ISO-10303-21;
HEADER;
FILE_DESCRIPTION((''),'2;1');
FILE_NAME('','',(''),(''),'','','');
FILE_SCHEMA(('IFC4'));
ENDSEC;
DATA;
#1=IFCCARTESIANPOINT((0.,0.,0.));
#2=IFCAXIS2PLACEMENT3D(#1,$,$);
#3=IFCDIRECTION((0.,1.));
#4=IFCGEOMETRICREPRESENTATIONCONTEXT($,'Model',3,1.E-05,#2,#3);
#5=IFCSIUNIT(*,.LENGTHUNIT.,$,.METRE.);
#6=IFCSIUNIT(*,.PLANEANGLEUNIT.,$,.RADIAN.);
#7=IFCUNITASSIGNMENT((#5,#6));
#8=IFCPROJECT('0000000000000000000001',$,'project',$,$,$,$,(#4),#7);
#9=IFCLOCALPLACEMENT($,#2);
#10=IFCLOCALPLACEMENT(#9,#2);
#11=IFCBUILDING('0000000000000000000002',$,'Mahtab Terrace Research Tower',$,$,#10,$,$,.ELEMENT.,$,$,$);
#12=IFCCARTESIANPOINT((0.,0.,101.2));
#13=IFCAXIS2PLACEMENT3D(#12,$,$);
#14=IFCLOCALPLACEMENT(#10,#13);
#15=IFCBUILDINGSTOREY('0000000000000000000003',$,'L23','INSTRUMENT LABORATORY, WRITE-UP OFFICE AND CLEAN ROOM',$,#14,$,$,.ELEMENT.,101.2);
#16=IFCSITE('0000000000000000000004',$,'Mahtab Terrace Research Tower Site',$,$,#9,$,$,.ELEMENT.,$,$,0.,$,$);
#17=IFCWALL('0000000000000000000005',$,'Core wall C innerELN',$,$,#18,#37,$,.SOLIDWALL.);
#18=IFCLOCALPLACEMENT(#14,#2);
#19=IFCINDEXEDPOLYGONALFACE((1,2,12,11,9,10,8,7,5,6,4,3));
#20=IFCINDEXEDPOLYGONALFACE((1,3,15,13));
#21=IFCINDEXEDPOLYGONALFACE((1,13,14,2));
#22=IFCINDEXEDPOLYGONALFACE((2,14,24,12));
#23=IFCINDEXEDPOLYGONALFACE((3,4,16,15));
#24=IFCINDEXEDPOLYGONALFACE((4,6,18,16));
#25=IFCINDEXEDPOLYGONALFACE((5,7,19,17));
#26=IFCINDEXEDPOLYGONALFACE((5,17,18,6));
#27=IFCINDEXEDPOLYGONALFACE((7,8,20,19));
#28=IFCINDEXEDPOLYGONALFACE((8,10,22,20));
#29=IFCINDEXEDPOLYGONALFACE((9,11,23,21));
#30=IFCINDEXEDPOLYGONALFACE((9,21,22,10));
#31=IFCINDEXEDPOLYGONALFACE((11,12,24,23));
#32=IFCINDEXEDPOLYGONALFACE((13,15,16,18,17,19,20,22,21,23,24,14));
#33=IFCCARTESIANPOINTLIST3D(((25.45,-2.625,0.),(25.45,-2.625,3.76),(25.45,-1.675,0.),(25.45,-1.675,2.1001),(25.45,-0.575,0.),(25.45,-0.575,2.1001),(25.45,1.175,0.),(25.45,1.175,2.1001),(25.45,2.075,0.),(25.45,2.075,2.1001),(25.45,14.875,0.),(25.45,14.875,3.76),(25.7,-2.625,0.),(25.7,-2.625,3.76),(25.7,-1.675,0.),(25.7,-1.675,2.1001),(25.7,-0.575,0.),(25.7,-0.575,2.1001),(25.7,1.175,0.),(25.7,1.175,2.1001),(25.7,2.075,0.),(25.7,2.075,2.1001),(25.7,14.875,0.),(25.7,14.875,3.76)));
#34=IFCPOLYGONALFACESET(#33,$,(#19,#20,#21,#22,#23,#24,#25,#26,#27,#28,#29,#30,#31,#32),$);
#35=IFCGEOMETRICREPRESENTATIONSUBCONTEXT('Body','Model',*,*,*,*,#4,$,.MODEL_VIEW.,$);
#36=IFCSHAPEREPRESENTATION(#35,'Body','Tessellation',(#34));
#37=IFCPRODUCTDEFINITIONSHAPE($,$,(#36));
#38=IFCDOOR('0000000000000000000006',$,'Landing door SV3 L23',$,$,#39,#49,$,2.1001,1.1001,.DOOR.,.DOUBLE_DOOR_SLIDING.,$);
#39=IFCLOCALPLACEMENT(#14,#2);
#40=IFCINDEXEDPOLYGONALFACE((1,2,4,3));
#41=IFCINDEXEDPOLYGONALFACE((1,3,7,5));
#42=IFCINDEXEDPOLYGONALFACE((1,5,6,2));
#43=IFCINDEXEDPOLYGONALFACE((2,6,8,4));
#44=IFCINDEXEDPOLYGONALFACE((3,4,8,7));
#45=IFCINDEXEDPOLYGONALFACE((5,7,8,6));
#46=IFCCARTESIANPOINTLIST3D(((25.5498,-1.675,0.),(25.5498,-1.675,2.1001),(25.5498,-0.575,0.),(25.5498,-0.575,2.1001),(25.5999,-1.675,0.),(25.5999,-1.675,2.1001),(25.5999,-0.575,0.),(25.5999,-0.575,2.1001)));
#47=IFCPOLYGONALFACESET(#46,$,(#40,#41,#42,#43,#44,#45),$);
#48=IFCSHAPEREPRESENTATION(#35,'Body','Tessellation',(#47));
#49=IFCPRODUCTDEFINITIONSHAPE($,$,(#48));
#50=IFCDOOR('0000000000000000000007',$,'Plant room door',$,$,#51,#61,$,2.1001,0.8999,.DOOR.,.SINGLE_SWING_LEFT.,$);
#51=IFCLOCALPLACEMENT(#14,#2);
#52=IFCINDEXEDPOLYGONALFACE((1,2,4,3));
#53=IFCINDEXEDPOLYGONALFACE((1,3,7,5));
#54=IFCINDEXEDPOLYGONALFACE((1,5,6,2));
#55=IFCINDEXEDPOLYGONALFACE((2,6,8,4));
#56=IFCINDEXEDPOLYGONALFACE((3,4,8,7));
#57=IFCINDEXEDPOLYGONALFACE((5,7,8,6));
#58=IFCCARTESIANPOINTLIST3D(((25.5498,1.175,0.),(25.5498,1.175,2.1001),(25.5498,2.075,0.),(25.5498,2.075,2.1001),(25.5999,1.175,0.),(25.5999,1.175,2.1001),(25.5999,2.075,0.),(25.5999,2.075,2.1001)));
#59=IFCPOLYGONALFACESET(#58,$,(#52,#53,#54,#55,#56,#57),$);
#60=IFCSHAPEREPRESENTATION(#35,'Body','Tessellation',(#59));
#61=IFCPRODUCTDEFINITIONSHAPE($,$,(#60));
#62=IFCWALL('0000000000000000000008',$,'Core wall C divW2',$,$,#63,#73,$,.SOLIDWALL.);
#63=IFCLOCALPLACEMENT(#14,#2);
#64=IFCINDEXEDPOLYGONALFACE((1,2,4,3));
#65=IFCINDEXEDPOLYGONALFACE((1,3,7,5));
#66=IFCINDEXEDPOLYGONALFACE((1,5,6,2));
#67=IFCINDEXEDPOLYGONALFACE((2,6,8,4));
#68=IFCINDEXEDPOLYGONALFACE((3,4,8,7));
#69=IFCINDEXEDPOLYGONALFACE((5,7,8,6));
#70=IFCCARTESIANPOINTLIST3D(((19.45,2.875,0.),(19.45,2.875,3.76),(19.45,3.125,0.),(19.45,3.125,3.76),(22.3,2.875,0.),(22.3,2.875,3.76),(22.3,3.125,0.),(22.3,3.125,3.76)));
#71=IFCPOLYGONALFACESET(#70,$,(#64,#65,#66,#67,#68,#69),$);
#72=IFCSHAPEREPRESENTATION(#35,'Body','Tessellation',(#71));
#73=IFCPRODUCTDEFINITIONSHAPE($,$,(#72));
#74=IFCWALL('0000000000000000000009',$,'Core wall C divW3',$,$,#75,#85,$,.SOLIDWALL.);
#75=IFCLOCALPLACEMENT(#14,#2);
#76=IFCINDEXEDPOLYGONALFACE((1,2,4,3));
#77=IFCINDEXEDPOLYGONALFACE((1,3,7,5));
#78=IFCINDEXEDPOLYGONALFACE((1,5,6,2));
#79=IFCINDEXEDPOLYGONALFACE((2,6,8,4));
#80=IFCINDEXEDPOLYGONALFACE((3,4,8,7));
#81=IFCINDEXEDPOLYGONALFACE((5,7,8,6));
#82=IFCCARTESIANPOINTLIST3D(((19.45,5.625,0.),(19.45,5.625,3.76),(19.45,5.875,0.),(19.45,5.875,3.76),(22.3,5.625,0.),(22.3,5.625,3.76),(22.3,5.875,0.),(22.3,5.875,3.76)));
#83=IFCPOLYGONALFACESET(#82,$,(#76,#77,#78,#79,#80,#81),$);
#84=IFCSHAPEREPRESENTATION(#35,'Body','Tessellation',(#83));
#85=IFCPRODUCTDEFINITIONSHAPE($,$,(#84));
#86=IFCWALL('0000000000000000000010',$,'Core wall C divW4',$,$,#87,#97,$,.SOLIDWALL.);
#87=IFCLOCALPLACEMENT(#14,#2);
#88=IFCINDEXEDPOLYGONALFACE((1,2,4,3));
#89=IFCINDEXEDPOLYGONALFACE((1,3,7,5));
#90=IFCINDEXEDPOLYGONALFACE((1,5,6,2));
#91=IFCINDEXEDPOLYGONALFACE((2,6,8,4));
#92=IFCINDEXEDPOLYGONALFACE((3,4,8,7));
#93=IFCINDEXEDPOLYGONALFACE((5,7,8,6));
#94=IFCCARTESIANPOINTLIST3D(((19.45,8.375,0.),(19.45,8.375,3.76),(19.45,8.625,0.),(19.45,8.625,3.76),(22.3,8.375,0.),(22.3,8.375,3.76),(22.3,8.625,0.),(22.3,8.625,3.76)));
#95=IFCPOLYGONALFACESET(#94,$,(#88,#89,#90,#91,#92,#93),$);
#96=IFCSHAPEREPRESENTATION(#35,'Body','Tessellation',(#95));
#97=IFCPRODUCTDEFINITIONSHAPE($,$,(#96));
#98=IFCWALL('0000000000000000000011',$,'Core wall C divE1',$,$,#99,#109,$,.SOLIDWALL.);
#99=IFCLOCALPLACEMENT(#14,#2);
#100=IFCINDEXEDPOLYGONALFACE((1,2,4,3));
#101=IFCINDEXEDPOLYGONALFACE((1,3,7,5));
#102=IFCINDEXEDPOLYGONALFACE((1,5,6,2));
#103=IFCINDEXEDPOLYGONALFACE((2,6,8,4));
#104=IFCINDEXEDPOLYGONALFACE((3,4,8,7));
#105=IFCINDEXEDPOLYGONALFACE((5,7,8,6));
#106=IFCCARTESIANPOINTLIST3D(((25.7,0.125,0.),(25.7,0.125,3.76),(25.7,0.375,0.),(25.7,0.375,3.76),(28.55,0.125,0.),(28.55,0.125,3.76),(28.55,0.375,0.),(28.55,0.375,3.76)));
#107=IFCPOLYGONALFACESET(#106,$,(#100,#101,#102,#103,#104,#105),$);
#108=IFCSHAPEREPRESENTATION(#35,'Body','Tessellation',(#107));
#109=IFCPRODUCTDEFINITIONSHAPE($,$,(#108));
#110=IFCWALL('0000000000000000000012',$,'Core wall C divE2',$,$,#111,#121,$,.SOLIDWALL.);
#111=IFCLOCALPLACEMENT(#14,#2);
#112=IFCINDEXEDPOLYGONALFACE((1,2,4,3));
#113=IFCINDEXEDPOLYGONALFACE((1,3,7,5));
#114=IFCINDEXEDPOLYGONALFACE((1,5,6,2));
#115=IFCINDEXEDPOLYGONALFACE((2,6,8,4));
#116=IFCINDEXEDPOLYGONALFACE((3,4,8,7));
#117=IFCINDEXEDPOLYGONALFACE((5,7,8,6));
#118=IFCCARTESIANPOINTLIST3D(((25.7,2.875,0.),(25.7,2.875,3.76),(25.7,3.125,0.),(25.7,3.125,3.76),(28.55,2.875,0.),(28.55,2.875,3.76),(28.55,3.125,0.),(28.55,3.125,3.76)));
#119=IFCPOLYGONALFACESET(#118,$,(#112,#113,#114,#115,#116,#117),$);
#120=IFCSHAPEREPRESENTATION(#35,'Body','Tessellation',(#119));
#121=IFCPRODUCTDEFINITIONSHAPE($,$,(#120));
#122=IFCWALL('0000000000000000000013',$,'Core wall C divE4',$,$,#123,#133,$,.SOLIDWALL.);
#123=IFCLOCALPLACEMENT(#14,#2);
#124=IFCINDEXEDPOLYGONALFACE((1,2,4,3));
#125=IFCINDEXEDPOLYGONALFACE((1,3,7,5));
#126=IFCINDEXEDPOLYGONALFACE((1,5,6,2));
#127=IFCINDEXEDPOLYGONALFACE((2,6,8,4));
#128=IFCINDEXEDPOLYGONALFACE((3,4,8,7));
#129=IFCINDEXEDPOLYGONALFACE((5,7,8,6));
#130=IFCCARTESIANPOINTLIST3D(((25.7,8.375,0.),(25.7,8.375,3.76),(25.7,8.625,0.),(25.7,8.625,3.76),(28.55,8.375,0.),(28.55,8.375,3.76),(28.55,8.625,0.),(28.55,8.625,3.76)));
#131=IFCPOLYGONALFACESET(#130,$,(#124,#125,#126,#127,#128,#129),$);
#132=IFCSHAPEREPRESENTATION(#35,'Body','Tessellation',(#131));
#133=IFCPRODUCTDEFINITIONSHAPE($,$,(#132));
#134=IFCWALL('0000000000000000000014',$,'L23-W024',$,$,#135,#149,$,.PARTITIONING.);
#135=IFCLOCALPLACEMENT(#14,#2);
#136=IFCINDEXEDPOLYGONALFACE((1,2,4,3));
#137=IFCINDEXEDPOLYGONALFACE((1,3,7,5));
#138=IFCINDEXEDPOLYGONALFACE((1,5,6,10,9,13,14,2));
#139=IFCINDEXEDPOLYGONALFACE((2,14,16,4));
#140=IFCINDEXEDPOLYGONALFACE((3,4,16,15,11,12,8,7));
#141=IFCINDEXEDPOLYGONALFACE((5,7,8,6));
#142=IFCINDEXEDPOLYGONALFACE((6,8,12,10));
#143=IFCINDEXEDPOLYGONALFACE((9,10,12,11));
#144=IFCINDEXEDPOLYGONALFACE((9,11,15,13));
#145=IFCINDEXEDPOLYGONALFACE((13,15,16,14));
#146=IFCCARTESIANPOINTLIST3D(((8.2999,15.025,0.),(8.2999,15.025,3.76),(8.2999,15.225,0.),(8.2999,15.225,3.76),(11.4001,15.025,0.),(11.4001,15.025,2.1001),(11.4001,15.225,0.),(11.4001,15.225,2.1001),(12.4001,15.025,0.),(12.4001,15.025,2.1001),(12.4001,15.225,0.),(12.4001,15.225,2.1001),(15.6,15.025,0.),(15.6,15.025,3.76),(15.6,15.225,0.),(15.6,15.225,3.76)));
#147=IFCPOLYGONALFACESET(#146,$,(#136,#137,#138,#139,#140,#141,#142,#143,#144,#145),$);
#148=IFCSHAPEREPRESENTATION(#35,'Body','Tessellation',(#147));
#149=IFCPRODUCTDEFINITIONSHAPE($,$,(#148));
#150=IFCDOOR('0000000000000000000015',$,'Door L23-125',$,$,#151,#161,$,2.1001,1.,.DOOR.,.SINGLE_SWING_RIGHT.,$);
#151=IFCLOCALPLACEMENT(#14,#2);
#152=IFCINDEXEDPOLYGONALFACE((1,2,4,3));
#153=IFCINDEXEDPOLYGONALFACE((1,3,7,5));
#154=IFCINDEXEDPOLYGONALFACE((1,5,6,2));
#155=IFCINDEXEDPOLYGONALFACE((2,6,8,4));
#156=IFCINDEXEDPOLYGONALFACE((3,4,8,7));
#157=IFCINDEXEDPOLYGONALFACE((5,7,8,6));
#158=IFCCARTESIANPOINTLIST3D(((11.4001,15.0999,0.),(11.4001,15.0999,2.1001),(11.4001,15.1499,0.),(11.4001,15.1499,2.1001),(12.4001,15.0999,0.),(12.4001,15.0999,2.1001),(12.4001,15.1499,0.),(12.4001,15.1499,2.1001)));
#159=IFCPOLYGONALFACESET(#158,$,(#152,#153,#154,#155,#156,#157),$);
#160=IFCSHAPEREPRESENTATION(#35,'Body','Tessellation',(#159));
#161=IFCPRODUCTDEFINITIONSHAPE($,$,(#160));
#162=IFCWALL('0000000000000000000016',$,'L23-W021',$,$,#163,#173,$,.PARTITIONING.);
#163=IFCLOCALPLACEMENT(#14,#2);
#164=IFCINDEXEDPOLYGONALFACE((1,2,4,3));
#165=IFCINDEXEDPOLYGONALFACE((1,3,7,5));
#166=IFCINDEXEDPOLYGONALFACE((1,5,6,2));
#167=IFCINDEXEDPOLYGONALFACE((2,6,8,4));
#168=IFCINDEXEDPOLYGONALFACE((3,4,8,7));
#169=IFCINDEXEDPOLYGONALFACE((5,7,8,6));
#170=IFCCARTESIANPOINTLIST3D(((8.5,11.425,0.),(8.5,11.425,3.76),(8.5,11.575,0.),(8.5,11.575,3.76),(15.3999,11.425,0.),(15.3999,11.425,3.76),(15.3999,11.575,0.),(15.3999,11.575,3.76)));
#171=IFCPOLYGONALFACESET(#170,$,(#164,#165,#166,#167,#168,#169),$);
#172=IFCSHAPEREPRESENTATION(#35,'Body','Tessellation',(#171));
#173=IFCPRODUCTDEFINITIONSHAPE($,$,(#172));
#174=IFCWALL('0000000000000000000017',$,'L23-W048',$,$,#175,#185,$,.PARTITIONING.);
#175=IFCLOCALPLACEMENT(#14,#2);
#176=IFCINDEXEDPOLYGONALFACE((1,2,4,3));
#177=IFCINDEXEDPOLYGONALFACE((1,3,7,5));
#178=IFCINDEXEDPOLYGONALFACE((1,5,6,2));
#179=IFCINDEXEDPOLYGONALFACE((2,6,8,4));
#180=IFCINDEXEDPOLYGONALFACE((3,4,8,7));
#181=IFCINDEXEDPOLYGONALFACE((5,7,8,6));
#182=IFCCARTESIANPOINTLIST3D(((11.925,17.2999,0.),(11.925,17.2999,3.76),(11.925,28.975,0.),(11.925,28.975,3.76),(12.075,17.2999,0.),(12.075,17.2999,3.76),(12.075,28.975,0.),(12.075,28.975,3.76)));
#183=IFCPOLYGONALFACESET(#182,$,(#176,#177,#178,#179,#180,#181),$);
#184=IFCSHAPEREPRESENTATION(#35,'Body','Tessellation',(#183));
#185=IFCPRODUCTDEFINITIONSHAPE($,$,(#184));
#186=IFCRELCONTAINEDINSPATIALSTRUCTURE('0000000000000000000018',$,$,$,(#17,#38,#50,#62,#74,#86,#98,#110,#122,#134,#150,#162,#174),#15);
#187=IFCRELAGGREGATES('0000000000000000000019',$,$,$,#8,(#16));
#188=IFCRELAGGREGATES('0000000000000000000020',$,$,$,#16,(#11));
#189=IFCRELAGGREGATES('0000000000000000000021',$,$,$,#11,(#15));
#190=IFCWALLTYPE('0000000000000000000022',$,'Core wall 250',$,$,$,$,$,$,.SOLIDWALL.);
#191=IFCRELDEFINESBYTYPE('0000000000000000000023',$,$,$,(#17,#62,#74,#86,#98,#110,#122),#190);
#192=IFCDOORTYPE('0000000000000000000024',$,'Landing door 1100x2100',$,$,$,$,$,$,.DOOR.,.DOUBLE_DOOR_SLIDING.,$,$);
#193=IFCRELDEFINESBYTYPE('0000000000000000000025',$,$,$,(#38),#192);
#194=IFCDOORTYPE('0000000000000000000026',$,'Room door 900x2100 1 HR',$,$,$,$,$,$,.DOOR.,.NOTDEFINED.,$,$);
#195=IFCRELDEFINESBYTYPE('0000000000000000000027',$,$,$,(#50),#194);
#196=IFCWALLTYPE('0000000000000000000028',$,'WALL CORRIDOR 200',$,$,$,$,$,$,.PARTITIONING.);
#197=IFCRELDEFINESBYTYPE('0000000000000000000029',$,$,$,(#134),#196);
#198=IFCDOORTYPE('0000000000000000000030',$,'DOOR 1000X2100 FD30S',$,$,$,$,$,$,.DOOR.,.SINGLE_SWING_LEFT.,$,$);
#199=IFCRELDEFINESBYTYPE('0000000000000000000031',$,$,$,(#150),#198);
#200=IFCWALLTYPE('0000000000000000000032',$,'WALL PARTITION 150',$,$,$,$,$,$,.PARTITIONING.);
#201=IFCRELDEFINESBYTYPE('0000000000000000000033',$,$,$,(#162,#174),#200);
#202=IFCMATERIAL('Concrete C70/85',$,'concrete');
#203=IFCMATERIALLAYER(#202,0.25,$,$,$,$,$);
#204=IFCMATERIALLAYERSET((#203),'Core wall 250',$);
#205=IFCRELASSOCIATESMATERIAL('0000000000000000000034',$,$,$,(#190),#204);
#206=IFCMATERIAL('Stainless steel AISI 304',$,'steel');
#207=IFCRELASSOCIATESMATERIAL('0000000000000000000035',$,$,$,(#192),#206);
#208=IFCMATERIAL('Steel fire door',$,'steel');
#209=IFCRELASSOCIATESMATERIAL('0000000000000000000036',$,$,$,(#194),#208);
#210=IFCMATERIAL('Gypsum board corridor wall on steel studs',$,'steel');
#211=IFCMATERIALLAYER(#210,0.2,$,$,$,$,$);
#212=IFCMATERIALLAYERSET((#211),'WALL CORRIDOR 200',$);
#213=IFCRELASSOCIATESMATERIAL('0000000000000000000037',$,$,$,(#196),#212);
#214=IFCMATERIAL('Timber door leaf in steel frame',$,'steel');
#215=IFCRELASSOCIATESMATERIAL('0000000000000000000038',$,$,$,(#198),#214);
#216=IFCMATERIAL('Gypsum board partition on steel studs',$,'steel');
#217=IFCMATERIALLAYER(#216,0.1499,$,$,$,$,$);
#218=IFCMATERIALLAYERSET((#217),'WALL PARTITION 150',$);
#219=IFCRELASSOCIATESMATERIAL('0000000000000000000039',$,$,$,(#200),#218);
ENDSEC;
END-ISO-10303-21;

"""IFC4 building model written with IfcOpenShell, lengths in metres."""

from ifc_helpers import new_model, si_unit, direction, frame, frame_2d, origin, place, context, subcontext, project, spatial, rectangle, extrude, material, layer, layer_set, type_object, element, fill, save


model = new_model("IFC4")

# Units and contexts
model_context = context("Model", 3, precision=1e-05, world=origin(), true_north=direction((0.0, 1.0)))
body_context = subcontext(model_context, "Body", "Model", "MODEL_VIEW")
ifc_project = project(units=[si_unit("LENGTHUNIT", "METRE"), si_unit("PLANEANGLEUNIT", "RADIAN")], contexts=[model_context])

# Site, building, storey
site_placement = place(None, origin())
site = spatial("IfcSite", under=ifc_project, at=site_placement, Name="Mahtab Terrace Research Tower Site", CompositionType="ELEMENT", RefElevation=0.0)
building_placement = place(site_placement, origin())
building = spatial("IfcBuilding", under=site, at=building_placement, Name="Mahtab Terrace Research Tower", CompositionType="ELEMENT")
storey_placement = place(building_placement, frame((0.0, 0.0, 101.2)))
storey = spatial("IfcBuildingStorey", under=building, at=storey_placement, Name="L23", Description="INSTRUMENT LABORATORY, WRITE-UP OFFICE AND CLEAN ROOM", CompositionType="ELEMENT", Elevation=101.2)

# Shared definitions
ifc_material_1 = material(Name="Concrete C70/85", Category="concrete")

# Shared definitions
ifc_layer_1 = layer(ifc_material_1, 0.25)
ifc_layer_set_1 = layer_set([ifc_layer_1], Name="Core wall 250")
wall_type_1 = type_object("IfcWallType", Name="Core wall 250", PredefinedType="SOLIDWALL", material=ifc_layer_set_1)

# Shared definitions
ifc_material_2 = material(Name="Steel fire door", Category="steel")

# Wall, openings, doors
wall_1_placement = place(storey_placement, frame((25.575, 14.875, 0.0), z_axis=(0.0, 0.0, 1.0), x_axis=(0.0, -1.0, 0.0)))
wall_1 = element("IfcWall", 1, at=wall_1_placement, inside=storey, type_object=wall_type_1, Name="Core wall C innerELN", PredefinedType="SOLIDWALL", context=body_context, shape_type="SweptSolid", body=[
    extrude(rectangle(XDim=17.5, YDim=0.25, at=frame_2d((8.75, 0.0))), origin(), (0.0, 0.0, 1.0), 3.76),
])
opening_1_placement = place(wall_1_placement, frame((15.45, 0.0, 0.0)))
opening_1 = element("IfcOpeningElement", 2, at=opening_1_placement, cuts=wall_1, PredefinedType="OPENING", context=body_context, shape_type="SweptSolid", body=[
    extrude(rectangle(XDim=1.1001, YDim=2.1001, at=frame_2d((0.55, 1.05))), frame((0.0, 0.135, 0.0), z_axis=(0.0, -1.0, 0.0), x_axis=(1.0, 0.0, 0.0)), (0.0, 0.0, 1.0), 0.27),
])
opening_2_placement = place(wall_1_placement, frame((12.8, 0.0, 0.0)))
opening_2 = element("IfcOpeningElement", 3, at=opening_2_placement, cuts=wall_1, PredefinedType="OPENING", context=body_context, shape_type="SweptSolid", body=[
    extrude(rectangle(XDim=0.8999, YDim=2.1001, at=frame_2d((0.45, 1.05))), frame((0.0, 0.135, 0.0), z_axis=(0.0, -1.0, 0.0), x_axis=(1.0, 0.0, 0.0)), (0.0, 0.0, 1.0), 0.27),
])
ifc_material_3 = material(Name="Stainless steel AISI 304", Category="steel")
door_type_1 = type_object("IfcDoorType", Name="Landing door 1100x2100", OperationType="DOUBLE_DOOR_SLIDING", PredefinedType="DOOR", material=ifc_material_3)
door_1_placement = place(opening_1_placement, origin())
door_1 = element("IfcDoor", 4, at=door_1_placement, inside=storey, type_object=door_type_1, Name="Landing door SV3 L23", OperationType="DOUBLE_DOOR_SLIDING", OverallHeight=2.1001, OverallWidth=1.1001, PredefinedType="DOOR", context=body_context, shape_type="SweptSolid", body=[
    extrude(rectangle(XDim=1.1001, YDim=2.1001, at=frame_2d((0.55, 1.05))), frame((0.0, 0.0249, 0.0), z_axis=(0.0, -1.0, 0.0), x_axis=(1.0, 0.0, 0.0)), (0.0, 0.0, 1.0), 0.05),
])
fill(opening_1, door_1)
door_type_2 = type_object("IfcDoorType", Name="Room door 900x2100 1 HR", OperationType="NOTDEFINED", PredefinedType="DOOR", material=ifc_material_2)
door_2_placement = place(opening_2_placement, origin())
door_2 = element("IfcDoor", 5, at=door_2_placement, inside=storey, type_object=door_type_2, Name="Plant room door", OperationType="SINGLE_SWING_LEFT", OverallHeight=2.1001, OverallWidth=0.8999, PredefinedType="DOOR", context=body_context, shape_type="SweptSolid", body=[
    extrude(rectangle(XDim=0.8999, YDim=2.1001, at=frame_2d((0.45, 1.05))), frame((0.0, 0.0249, 0.0), z_axis=(0.0, -1.0, 0.0), x_axis=(1.0, 0.0, 0.0)), (0.0, 0.0, 1.0), 0.05),
])
fill(opening_2, door_2)

# Walls
for number, where, z_axis, x_axis, name in (
    (6, (19.45, 3.0, 0.0), (0.0, 0.0, 1.0), (1.0, 0.0, 0.0), "Core wall C divW2"),
    (7, (19.45, 5.75, 0.0), (0.0, 0.0, 1.0), (1.0, 0.0, 0.0), "Core wall C divW3"),
    (8, (19.45, 8.5, 0.0), (0.0, 0.0, 1.0), (1.0, 0.0, 0.0), "Core wall C divW4"),
    (9, (25.7, 0.25, 0.0), (0.0, 0.0, 1.0), (1.0, 0.0, 0.0), "Core wall C divE1"),
    (10, (25.7, 3.0, 0.0), (0.0, 0.0, 1.0), (1.0, 0.0, 0.0), "Core wall C divE2"),
    (11, (25.7, 8.5, 0.0), (0.0, 0.0, 1.0), (1.0, 0.0, 0.0), "Core wall C divE4"),
):
    element("IfcWall", number, at=place(storey_placement, frame(where, z_axis=z_axis, x_axis=x_axis)), inside=storey, type_object=wall_type_1, Name=name, PredefinedType="SOLIDWALL", context=body_context, shape_type="SweptSolid", body=[
        extrude(rectangle(XDim=2.8501, YDim=0.25, at=frame_2d((1.425, 0.0))), origin(), (0.0, 0.0, 1.0), 3.76),
    ])

# Wall, opening, door
ifc_material_4 = material(Name="Gypsum board corridor wall on steel studs", Category="steel")
ifc_layer_2 = layer(ifc_material_4, 0.2)
ifc_layer_set_2 = layer_set([ifc_layer_2], Name="WALL CORRIDOR 200")
wall_type_2 = type_object("IfcWallType", Name="WALL CORRIDOR 200", PredefinedType="PARTITIONING", material=ifc_layer_set_2)
wall_2_placement = place(storey_placement, frame((8.3, 15.125, 0.0), z_axis=(0.0, 0.0, 1.0), x_axis=(1.0, 0.0, 0.0)))
wall_2 = element("IfcWall", 12, at=wall_2_placement, inside=storey, type_object=wall_type_2, Name="L23-W024", PredefinedType="PARTITIONING", context=body_context, shape_type="SweptSolid", body=[
    extrude(rectangle(XDim=7.3, YDim=0.2, at=frame_2d((3.6499, 0.0))), origin(), (0.0, 0.0, 1.0), 3.76),
])
opening_3_placement = place(wall_2_placement, frame((3.1001, 0.0, 0.0)))
opening_3 = element("IfcOpeningElement", 13, at=opening_3_placement, cuts=wall_2, PredefinedType="OPENING", context=body_context, shape_type="SweptSolid", body=[
    extrude(rectangle(XDim=1.0, YDim=2.1001, at=frame_2d((0.5, 1.05))), frame((0.0, 0.1099, 0.0), z_axis=(0.0, -1.0, 0.0), x_axis=(1.0, 0.0, 0.0)), (0.0, 0.0, 1.0), 0.22),
])
ifc_material_5 = material(Name="Timber door leaf in steel frame", Category="steel")
door_type_3 = type_object("IfcDoorType", Name="DOOR 1000X2100 FD30S", OperationType="SINGLE_SWING_LEFT", PredefinedType="DOOR", material=ifc_material_5)
door_3_placement = place(opening_3_placement, origin())
door_3 = element("IfcDoor", 14, at=door_3_placement, inside=storey, type_object=door_type_3, Name="Door L23-125", OperationType="SINGLE_SWING_RIGHT", OverallHeight=2.1001, OverallWidth=1.0, PredefinedType="DOOR", context=body_context, shape_type="SweptSolid", body=[
    extrude(rectangle(XDim=1.0, YDim=2.1001, at=frame_2d((0.5, 1.05))), frame((0.0, 0.0249, 0.0), z_axis=(0.0, -1.0, 0.0), x_axis=(1.0, 0.0, 0.0)), (0.0, 0.0, 1.0), 0.05),
])
fill(opening_3, door_3)

# Walls
ifc_material_6 = material(Name="Gypsum board partition on steel studs", Category="steel")
ifc_layer_3 = layer(ifc_material_6, 0.1499)
ifc_layer_set_3 = layer_set([ifc_layer_3], Name="WALL PARTITION 150")
wall_type_3 = type_object("IfcWallType", Name="WALL PARTITION 150", PredefinedType="PARTITIONING", material=ifc_layer_set_3)
wall_3_placement = place(storey_placement, frame((8.5, 11.5, 0.0), z_axis=(0.0, 0.0, 1.0), x_axis=(1.0, 0.0, 0.0)))
element("IfcWall", 15, at=wall_3_placement, inside=storey, type_object=wall_type_3, Name="L23-W021", PredefinedType="PARTITIONING", context=body_context, shape_type="SweptSolid", body=[
    extrude(rectangle(XDim=6.8999, YDim=0.1499, at=frame_2d((3.45, 0.0))), origin(), (0.0, 0.0, 1.0), 3.76),
])
for number, where, z_axis, x_axis, name in (
    (16, (12.0, 17.3, 0.0), (0.0, 0.0, 1.0), (0.0, 1.0, 0.0), "L23-W048"),
):
    element("IfcWall", number, at=place(storey_placement, frame(where, z_axis=z_axis, x_axis=x_axis)), inside=storey, type_object=wall_type_3, Name=name, PredefinedType="PARTITIONING", context=body_context, shape_type="SweptSolid", body=[
        extrude(rectangle(XDim=11.675, YDim=0.1499, at=frame_2d((5.8374, 0.0))), origin(), (0.0, 0.0, 1.0), 3.76),
    ])

save(model, "model.ifc")
